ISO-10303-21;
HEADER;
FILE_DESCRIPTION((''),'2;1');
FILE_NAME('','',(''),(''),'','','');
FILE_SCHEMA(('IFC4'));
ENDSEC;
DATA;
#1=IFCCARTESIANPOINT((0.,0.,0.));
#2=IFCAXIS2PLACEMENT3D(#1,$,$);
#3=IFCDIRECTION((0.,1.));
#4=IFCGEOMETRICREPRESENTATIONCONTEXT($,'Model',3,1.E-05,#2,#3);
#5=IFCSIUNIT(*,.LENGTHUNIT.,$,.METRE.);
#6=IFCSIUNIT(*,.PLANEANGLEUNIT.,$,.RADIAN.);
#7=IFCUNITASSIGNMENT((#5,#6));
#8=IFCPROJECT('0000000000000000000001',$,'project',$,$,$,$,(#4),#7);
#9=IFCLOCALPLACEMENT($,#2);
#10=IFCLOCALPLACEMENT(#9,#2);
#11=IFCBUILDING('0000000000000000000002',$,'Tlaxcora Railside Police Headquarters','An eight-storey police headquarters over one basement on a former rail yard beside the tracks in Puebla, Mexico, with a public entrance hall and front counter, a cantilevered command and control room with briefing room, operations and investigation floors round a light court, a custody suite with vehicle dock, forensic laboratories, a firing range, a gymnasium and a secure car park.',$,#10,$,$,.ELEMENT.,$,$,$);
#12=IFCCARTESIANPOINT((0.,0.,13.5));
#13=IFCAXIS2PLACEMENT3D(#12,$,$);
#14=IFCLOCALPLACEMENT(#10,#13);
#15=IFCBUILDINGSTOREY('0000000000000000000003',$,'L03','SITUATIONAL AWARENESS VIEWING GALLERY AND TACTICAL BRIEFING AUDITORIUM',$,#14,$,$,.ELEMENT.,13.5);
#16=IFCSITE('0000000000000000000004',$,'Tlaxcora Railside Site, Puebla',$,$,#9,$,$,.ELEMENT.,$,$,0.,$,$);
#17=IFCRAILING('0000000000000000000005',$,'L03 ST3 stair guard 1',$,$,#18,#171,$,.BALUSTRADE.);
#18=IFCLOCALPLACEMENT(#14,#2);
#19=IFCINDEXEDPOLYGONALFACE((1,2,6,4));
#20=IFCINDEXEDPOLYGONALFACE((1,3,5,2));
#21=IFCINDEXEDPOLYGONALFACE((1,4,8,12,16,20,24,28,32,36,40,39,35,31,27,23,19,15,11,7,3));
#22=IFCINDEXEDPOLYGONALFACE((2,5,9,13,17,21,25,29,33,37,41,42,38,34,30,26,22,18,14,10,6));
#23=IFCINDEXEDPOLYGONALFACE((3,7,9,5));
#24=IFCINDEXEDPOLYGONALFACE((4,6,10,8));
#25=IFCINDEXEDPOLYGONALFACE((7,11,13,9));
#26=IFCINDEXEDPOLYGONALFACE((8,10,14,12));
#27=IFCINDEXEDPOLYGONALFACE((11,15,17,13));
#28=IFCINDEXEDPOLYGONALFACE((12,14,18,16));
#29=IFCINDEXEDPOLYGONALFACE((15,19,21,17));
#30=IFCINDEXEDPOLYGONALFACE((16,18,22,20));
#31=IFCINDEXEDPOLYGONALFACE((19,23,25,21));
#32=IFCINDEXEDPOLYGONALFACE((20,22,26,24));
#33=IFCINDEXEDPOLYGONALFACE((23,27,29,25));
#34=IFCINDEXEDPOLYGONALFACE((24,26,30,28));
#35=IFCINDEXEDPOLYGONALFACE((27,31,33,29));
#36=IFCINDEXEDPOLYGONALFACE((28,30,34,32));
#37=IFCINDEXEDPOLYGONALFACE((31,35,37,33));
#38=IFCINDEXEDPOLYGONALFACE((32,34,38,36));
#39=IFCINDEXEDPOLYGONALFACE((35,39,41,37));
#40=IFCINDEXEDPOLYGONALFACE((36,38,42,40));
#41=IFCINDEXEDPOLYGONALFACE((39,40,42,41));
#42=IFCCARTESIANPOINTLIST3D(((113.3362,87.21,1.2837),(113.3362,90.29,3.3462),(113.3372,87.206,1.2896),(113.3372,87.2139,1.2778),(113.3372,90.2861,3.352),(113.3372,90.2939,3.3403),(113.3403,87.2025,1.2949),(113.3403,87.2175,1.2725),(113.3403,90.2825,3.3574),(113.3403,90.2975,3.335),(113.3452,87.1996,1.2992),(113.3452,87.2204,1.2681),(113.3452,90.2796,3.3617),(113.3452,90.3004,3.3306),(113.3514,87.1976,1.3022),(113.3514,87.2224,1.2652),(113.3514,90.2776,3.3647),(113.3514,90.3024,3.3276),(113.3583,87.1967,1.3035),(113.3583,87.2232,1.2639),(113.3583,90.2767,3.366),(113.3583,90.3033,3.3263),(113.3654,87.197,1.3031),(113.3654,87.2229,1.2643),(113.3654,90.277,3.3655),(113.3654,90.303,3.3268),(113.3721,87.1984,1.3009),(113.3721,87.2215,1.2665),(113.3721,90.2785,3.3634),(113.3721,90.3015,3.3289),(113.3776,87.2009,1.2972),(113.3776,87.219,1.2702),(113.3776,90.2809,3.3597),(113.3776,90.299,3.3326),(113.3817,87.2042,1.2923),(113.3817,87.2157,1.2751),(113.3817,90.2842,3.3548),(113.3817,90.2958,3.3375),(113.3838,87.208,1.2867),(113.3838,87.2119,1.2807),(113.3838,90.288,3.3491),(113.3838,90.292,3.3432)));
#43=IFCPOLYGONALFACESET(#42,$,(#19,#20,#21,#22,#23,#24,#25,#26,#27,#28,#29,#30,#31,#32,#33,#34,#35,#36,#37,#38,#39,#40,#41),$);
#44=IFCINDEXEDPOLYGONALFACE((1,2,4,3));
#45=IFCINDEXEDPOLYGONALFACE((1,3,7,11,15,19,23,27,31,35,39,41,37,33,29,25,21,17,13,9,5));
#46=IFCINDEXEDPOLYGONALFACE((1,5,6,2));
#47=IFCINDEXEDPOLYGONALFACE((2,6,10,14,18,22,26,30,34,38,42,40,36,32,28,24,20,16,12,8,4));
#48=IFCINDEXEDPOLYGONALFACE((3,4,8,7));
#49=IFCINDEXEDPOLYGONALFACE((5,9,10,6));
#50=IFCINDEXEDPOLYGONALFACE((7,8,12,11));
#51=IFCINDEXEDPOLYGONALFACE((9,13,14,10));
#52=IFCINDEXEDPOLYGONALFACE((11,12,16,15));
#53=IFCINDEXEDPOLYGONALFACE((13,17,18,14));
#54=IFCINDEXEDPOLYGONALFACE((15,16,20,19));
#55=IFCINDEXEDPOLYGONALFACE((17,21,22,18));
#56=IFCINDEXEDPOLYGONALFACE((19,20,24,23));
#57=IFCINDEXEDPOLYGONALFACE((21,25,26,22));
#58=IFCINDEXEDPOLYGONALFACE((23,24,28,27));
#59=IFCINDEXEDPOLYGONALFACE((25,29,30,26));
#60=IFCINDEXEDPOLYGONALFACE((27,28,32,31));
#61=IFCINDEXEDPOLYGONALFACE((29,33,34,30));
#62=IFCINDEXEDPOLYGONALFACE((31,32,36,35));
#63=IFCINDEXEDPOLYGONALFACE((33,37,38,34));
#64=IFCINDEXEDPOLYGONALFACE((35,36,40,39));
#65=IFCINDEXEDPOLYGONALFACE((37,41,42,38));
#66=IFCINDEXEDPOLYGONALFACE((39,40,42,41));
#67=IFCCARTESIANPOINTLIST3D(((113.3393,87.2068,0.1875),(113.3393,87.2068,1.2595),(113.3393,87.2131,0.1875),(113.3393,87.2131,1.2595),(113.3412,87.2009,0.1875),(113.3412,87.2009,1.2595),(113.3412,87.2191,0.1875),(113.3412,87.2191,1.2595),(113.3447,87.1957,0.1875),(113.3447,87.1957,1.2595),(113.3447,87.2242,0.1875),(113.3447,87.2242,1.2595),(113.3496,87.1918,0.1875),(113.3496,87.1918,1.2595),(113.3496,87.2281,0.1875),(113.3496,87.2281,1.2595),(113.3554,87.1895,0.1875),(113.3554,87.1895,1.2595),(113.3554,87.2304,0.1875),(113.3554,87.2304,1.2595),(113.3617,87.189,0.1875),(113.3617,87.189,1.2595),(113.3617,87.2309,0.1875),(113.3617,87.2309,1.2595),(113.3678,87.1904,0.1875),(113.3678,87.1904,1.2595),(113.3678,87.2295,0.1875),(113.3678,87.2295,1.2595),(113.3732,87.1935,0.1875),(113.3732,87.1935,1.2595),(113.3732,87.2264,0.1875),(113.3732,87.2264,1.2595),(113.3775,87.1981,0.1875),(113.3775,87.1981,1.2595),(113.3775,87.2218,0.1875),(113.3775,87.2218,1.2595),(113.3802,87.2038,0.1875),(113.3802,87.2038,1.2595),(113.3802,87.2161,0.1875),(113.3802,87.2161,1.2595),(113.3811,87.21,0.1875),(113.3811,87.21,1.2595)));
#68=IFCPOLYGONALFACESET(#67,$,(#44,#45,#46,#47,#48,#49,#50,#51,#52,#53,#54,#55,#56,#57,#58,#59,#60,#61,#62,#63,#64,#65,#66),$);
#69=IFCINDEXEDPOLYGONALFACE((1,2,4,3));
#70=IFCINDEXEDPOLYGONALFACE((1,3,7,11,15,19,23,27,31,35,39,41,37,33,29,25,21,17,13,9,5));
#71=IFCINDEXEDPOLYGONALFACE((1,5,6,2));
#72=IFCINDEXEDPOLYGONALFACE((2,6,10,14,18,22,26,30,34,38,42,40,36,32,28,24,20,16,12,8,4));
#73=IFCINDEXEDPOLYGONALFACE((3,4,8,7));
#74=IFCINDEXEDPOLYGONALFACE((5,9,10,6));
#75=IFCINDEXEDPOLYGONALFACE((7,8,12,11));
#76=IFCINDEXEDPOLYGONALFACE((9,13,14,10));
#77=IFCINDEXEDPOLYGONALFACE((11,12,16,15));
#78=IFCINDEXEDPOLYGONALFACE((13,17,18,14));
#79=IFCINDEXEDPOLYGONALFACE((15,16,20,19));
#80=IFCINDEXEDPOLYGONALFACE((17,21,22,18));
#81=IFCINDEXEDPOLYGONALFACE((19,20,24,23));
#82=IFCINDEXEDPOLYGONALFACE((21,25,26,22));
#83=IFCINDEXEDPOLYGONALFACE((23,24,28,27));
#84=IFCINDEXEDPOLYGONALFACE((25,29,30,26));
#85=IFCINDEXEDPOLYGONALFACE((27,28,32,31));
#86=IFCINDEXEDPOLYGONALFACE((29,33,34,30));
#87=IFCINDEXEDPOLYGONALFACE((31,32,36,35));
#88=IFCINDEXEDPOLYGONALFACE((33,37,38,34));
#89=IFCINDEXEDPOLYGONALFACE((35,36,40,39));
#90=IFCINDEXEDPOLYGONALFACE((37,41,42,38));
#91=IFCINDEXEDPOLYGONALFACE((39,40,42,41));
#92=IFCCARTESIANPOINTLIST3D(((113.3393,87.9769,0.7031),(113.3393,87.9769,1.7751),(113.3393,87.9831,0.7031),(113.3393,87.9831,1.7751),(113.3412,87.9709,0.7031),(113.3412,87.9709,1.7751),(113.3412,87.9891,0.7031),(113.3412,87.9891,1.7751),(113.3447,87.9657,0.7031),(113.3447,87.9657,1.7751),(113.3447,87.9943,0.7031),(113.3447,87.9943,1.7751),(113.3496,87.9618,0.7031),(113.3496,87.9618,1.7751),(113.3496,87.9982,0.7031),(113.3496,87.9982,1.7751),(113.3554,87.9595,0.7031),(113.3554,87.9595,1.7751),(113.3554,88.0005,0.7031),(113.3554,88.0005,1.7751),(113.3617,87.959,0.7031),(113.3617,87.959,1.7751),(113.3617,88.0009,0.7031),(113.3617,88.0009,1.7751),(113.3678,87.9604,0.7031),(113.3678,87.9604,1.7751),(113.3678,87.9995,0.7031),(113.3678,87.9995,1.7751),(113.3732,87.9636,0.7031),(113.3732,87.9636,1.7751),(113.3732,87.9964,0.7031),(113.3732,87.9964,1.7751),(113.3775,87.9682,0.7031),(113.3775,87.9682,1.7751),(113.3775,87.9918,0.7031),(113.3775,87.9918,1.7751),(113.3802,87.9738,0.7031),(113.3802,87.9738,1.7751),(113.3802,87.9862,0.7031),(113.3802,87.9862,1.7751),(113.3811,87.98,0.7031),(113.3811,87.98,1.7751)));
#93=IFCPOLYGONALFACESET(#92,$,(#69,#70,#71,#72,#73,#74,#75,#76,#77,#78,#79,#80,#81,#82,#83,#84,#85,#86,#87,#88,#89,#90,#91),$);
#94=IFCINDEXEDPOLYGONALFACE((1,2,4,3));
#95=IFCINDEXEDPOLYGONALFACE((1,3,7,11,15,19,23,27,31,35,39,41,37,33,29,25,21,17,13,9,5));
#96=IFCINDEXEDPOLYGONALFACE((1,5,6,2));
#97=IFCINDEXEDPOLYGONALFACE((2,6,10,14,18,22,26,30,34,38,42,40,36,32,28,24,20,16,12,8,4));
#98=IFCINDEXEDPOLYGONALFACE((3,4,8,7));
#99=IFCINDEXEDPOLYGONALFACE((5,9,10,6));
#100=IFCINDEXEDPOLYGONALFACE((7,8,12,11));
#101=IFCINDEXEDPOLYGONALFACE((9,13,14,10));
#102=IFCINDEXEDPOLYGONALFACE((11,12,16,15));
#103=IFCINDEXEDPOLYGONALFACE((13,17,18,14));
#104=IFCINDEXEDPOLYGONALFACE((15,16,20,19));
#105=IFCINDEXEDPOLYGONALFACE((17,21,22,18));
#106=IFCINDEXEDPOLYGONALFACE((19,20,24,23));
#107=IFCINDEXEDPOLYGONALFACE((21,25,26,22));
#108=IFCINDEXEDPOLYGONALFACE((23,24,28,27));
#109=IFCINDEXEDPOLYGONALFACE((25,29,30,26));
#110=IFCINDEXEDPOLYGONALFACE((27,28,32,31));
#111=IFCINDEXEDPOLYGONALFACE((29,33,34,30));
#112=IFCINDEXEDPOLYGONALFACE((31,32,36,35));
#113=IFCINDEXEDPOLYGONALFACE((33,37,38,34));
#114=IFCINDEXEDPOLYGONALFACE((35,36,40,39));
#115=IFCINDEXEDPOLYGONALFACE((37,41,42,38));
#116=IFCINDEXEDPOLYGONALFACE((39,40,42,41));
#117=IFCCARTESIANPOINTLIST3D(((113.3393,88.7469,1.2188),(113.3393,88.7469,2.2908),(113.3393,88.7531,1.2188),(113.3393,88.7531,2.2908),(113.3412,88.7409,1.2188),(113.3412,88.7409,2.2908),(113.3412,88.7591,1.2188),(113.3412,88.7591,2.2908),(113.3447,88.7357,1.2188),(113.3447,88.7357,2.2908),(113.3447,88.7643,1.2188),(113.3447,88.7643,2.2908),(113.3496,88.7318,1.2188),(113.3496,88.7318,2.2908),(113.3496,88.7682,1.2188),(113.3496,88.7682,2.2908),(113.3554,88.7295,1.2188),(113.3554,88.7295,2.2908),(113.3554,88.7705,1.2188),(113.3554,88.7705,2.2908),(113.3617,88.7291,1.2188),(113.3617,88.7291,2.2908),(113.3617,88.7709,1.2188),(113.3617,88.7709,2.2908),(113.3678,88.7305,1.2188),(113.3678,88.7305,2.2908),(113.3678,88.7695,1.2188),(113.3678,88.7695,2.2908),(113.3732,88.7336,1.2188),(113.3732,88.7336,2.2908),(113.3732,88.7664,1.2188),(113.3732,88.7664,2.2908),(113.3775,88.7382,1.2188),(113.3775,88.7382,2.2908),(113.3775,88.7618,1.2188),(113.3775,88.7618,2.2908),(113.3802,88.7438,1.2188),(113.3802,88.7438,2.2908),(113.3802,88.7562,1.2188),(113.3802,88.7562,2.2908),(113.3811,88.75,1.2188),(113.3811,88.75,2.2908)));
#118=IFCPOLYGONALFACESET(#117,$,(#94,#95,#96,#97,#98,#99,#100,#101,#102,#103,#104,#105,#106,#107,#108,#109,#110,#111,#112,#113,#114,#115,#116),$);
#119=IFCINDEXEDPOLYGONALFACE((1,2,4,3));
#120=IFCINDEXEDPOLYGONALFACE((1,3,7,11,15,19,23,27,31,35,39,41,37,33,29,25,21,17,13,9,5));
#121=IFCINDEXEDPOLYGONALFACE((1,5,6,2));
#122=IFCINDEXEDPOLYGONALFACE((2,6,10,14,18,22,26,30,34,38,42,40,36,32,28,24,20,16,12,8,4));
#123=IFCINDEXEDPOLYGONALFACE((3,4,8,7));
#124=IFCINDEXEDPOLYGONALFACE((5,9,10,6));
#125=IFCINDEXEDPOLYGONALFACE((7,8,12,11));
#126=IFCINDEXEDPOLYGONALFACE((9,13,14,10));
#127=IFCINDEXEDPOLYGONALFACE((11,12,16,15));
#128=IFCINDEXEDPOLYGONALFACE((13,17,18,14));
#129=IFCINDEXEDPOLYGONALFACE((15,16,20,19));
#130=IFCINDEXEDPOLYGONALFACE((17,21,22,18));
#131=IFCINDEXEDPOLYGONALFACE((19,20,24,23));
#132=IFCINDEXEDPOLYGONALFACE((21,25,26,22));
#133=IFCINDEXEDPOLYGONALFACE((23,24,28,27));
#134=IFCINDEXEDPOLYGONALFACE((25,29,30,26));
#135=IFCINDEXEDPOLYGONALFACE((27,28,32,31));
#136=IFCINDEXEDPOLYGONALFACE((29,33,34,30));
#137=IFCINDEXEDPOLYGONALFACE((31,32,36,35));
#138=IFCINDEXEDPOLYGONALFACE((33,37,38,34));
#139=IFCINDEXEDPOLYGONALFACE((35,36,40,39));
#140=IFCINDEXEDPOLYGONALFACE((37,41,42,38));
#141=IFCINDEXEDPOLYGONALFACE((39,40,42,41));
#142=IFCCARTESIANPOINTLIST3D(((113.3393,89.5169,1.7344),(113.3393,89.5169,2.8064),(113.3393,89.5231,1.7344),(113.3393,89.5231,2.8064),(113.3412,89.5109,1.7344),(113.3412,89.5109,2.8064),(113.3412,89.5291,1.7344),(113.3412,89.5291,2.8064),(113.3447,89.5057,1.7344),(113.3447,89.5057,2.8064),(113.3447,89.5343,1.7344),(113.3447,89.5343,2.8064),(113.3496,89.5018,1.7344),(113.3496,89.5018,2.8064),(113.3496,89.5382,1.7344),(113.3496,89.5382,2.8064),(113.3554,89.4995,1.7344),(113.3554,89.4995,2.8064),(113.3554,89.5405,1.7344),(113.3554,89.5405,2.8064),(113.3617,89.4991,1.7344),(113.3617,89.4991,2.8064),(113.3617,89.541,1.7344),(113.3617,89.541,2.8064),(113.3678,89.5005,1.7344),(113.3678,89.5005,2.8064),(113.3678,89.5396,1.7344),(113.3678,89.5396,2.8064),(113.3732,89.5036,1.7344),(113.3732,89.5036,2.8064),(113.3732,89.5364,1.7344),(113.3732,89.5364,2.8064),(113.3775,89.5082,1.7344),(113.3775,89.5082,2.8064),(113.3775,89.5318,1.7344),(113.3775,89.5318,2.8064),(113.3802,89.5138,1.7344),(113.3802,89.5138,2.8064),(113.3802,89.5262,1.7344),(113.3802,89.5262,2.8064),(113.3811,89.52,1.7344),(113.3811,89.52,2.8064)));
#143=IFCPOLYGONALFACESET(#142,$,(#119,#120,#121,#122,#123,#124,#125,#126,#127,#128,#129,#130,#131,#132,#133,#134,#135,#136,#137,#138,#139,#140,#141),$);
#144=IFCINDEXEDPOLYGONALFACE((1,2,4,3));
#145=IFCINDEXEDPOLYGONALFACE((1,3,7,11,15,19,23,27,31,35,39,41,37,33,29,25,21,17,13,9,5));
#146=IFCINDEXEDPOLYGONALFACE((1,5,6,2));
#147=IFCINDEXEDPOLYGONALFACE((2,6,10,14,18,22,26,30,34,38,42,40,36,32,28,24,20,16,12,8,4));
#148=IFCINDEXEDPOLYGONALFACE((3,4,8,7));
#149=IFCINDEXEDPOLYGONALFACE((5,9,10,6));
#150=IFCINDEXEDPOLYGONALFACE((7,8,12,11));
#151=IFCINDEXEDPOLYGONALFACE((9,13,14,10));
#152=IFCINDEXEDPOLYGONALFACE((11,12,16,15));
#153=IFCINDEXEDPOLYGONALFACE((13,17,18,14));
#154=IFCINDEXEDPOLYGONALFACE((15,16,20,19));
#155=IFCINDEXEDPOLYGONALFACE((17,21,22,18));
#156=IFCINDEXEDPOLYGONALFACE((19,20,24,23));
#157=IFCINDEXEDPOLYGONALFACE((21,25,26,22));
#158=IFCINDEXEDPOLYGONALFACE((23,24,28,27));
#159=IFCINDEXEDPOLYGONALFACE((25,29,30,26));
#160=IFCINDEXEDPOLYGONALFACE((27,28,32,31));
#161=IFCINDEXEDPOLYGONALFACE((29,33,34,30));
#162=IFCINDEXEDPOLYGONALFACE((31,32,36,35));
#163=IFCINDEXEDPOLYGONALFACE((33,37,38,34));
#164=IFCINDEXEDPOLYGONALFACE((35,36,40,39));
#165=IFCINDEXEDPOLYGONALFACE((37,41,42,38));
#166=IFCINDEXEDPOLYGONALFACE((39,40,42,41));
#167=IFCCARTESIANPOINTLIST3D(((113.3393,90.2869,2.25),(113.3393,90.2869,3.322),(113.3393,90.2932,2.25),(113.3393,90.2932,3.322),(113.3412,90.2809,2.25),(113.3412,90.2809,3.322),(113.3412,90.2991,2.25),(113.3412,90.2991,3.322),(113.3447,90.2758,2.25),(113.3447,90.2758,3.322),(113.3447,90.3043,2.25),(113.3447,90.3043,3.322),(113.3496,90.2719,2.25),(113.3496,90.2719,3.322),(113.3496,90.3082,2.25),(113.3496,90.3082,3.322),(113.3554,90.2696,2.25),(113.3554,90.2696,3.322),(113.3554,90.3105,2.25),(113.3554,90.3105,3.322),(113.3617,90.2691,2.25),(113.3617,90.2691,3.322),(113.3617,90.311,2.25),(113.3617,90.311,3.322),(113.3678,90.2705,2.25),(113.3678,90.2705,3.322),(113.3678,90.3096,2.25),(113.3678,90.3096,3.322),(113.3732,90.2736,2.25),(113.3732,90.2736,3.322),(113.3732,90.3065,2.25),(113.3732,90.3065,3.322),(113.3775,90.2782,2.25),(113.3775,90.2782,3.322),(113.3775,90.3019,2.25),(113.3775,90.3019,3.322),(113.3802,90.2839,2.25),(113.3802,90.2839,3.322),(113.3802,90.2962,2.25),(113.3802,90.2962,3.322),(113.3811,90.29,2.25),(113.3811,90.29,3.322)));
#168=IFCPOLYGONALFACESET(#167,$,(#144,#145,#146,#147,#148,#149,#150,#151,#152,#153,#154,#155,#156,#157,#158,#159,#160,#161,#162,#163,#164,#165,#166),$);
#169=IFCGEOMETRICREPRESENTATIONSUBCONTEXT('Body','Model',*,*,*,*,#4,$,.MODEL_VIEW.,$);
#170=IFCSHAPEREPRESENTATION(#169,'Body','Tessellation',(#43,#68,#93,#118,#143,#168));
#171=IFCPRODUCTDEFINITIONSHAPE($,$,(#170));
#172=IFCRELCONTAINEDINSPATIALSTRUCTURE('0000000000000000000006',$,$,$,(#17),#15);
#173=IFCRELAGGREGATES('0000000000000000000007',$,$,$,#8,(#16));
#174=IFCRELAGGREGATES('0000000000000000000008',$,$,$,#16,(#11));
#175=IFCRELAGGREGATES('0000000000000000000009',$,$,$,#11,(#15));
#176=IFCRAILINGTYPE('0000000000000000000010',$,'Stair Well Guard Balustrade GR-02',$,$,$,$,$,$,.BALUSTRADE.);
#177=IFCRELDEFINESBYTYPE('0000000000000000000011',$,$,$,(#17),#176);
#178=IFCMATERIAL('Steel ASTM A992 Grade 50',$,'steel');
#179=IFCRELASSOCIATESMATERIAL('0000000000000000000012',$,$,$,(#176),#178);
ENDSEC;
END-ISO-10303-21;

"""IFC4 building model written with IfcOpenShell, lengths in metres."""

from ifc_helpers import new_model, si_unit, direction, frame, origin, origin_2d, place, context, subcontext, project, spatial, circle, extrude, material, type_object, element, save


model = new_model("IFC4")

# Units and contexts
model_context = context("Model", 3, precision=1e-05, world=origin(), true_north=direction((0.0, 1.0)))
body_context = subcontext(model_context, "Body", "Model", "MODEL_VIEW")
ifc_project = project(units=[si_unit("LENGTHUNIT", "METRE"), si_unit("PLANEANGLEUNIT", "RADIAN")], contexts=[model_context])

# Site, building, storey
site_placement = place(None, origin())
site = spatial("IfcSite", under=ifc_project, at=site_placement, Name="Tlaxcora Railside Site, Puebla", CompositionType="ELEMENT", RefElevation=0.0)
building_placement = place(site_placement, origin())
building = spatial("IfcBuilding", under=site, at=building_placement, Name="Tlaxcora Railside Police Headquarters", Description="An eight-storey police headquarters over one basement on a former rail yard beside the tracks in Puebla, Mexico, with a public entrance hall and front counter, a cantilevered command and control room with briefing room, operations and investigation floors round a light court, a custody suite with vehicle dock, forensic laboratories, a firing range, a gymnasium and a secure car park.", CompositionType="ELEMENT")
storey_placement = place(building_placement, frame((0.0, 0.0, 13.5)))
storey = spatial("IfcBuildingStorey", under=building, at=storey_placement, Name="L03", Description="SITUATIONAL AWARENESS VIEWING GALLERY AND TACTICAL BRIEFING AUDITORIUM", CompositionType="ELEMENT", Elevation=13.5)

# Shared definitions
ifc_material_1 = material(Name="Steel ASTM A992 Grade 50", Category="steel")

# Railing
railing_type_1 = type_object("IfcRailingType", Name="Stair Well Guard Balustrade GR-02", PredefinedType="BALUSTRADE", material=ifc_material_1)
railing_1_placement = place(storey_placement, frame((113.3601, 87.21, 0.1875)))
element("IfcRailing", 1, at=railing_1_placement, inside=storey, type_object=railing_type_1, Name="L03 ST3 stair guard 1", PredefinedType="BALUSTRADE", context=body_context, shape_type="SweptSolid", body=[
    extrude(circle(Radius=0.0239, at=origin_2d()), frame((0.0, 0.0, 1.0962), z_axis=(0.0, 0.830914, 0.556401), x_axis=(-1.0, 0.0, 0.0)), (0.0, 0.0, 1.0), 3.7068),
    extrude(circle(Radius=0.021, at=origin_2d()), origin(), (0.0, 0.0, 1.0), 1.072),
    extrude(circle(Radius=0.021, at=origin_2d()), frame((0.0, 0.77, 0.5156)), (0.0, 0.0, 1.0), 1.072),
    extrude(circle(Radius=0.021, at=origin_2d()), frame((0.0, 1.54, 1.0312)), (0.0, 0.0, 1.0), 1.072),
    extrude(circle(Radius=0.021, at=origin_2d()), frame((0.0, 2.3101, 1.5469)), (0.0, 0.0, 1.0), 1.072),
    extrude(circle(Radius=0.021, at=origin_2d()), frame((0.0, 3.0801, 2.0625)), (0.0, 0.0, 1.0), 1.072),
])

save(model, "model.ifc")
